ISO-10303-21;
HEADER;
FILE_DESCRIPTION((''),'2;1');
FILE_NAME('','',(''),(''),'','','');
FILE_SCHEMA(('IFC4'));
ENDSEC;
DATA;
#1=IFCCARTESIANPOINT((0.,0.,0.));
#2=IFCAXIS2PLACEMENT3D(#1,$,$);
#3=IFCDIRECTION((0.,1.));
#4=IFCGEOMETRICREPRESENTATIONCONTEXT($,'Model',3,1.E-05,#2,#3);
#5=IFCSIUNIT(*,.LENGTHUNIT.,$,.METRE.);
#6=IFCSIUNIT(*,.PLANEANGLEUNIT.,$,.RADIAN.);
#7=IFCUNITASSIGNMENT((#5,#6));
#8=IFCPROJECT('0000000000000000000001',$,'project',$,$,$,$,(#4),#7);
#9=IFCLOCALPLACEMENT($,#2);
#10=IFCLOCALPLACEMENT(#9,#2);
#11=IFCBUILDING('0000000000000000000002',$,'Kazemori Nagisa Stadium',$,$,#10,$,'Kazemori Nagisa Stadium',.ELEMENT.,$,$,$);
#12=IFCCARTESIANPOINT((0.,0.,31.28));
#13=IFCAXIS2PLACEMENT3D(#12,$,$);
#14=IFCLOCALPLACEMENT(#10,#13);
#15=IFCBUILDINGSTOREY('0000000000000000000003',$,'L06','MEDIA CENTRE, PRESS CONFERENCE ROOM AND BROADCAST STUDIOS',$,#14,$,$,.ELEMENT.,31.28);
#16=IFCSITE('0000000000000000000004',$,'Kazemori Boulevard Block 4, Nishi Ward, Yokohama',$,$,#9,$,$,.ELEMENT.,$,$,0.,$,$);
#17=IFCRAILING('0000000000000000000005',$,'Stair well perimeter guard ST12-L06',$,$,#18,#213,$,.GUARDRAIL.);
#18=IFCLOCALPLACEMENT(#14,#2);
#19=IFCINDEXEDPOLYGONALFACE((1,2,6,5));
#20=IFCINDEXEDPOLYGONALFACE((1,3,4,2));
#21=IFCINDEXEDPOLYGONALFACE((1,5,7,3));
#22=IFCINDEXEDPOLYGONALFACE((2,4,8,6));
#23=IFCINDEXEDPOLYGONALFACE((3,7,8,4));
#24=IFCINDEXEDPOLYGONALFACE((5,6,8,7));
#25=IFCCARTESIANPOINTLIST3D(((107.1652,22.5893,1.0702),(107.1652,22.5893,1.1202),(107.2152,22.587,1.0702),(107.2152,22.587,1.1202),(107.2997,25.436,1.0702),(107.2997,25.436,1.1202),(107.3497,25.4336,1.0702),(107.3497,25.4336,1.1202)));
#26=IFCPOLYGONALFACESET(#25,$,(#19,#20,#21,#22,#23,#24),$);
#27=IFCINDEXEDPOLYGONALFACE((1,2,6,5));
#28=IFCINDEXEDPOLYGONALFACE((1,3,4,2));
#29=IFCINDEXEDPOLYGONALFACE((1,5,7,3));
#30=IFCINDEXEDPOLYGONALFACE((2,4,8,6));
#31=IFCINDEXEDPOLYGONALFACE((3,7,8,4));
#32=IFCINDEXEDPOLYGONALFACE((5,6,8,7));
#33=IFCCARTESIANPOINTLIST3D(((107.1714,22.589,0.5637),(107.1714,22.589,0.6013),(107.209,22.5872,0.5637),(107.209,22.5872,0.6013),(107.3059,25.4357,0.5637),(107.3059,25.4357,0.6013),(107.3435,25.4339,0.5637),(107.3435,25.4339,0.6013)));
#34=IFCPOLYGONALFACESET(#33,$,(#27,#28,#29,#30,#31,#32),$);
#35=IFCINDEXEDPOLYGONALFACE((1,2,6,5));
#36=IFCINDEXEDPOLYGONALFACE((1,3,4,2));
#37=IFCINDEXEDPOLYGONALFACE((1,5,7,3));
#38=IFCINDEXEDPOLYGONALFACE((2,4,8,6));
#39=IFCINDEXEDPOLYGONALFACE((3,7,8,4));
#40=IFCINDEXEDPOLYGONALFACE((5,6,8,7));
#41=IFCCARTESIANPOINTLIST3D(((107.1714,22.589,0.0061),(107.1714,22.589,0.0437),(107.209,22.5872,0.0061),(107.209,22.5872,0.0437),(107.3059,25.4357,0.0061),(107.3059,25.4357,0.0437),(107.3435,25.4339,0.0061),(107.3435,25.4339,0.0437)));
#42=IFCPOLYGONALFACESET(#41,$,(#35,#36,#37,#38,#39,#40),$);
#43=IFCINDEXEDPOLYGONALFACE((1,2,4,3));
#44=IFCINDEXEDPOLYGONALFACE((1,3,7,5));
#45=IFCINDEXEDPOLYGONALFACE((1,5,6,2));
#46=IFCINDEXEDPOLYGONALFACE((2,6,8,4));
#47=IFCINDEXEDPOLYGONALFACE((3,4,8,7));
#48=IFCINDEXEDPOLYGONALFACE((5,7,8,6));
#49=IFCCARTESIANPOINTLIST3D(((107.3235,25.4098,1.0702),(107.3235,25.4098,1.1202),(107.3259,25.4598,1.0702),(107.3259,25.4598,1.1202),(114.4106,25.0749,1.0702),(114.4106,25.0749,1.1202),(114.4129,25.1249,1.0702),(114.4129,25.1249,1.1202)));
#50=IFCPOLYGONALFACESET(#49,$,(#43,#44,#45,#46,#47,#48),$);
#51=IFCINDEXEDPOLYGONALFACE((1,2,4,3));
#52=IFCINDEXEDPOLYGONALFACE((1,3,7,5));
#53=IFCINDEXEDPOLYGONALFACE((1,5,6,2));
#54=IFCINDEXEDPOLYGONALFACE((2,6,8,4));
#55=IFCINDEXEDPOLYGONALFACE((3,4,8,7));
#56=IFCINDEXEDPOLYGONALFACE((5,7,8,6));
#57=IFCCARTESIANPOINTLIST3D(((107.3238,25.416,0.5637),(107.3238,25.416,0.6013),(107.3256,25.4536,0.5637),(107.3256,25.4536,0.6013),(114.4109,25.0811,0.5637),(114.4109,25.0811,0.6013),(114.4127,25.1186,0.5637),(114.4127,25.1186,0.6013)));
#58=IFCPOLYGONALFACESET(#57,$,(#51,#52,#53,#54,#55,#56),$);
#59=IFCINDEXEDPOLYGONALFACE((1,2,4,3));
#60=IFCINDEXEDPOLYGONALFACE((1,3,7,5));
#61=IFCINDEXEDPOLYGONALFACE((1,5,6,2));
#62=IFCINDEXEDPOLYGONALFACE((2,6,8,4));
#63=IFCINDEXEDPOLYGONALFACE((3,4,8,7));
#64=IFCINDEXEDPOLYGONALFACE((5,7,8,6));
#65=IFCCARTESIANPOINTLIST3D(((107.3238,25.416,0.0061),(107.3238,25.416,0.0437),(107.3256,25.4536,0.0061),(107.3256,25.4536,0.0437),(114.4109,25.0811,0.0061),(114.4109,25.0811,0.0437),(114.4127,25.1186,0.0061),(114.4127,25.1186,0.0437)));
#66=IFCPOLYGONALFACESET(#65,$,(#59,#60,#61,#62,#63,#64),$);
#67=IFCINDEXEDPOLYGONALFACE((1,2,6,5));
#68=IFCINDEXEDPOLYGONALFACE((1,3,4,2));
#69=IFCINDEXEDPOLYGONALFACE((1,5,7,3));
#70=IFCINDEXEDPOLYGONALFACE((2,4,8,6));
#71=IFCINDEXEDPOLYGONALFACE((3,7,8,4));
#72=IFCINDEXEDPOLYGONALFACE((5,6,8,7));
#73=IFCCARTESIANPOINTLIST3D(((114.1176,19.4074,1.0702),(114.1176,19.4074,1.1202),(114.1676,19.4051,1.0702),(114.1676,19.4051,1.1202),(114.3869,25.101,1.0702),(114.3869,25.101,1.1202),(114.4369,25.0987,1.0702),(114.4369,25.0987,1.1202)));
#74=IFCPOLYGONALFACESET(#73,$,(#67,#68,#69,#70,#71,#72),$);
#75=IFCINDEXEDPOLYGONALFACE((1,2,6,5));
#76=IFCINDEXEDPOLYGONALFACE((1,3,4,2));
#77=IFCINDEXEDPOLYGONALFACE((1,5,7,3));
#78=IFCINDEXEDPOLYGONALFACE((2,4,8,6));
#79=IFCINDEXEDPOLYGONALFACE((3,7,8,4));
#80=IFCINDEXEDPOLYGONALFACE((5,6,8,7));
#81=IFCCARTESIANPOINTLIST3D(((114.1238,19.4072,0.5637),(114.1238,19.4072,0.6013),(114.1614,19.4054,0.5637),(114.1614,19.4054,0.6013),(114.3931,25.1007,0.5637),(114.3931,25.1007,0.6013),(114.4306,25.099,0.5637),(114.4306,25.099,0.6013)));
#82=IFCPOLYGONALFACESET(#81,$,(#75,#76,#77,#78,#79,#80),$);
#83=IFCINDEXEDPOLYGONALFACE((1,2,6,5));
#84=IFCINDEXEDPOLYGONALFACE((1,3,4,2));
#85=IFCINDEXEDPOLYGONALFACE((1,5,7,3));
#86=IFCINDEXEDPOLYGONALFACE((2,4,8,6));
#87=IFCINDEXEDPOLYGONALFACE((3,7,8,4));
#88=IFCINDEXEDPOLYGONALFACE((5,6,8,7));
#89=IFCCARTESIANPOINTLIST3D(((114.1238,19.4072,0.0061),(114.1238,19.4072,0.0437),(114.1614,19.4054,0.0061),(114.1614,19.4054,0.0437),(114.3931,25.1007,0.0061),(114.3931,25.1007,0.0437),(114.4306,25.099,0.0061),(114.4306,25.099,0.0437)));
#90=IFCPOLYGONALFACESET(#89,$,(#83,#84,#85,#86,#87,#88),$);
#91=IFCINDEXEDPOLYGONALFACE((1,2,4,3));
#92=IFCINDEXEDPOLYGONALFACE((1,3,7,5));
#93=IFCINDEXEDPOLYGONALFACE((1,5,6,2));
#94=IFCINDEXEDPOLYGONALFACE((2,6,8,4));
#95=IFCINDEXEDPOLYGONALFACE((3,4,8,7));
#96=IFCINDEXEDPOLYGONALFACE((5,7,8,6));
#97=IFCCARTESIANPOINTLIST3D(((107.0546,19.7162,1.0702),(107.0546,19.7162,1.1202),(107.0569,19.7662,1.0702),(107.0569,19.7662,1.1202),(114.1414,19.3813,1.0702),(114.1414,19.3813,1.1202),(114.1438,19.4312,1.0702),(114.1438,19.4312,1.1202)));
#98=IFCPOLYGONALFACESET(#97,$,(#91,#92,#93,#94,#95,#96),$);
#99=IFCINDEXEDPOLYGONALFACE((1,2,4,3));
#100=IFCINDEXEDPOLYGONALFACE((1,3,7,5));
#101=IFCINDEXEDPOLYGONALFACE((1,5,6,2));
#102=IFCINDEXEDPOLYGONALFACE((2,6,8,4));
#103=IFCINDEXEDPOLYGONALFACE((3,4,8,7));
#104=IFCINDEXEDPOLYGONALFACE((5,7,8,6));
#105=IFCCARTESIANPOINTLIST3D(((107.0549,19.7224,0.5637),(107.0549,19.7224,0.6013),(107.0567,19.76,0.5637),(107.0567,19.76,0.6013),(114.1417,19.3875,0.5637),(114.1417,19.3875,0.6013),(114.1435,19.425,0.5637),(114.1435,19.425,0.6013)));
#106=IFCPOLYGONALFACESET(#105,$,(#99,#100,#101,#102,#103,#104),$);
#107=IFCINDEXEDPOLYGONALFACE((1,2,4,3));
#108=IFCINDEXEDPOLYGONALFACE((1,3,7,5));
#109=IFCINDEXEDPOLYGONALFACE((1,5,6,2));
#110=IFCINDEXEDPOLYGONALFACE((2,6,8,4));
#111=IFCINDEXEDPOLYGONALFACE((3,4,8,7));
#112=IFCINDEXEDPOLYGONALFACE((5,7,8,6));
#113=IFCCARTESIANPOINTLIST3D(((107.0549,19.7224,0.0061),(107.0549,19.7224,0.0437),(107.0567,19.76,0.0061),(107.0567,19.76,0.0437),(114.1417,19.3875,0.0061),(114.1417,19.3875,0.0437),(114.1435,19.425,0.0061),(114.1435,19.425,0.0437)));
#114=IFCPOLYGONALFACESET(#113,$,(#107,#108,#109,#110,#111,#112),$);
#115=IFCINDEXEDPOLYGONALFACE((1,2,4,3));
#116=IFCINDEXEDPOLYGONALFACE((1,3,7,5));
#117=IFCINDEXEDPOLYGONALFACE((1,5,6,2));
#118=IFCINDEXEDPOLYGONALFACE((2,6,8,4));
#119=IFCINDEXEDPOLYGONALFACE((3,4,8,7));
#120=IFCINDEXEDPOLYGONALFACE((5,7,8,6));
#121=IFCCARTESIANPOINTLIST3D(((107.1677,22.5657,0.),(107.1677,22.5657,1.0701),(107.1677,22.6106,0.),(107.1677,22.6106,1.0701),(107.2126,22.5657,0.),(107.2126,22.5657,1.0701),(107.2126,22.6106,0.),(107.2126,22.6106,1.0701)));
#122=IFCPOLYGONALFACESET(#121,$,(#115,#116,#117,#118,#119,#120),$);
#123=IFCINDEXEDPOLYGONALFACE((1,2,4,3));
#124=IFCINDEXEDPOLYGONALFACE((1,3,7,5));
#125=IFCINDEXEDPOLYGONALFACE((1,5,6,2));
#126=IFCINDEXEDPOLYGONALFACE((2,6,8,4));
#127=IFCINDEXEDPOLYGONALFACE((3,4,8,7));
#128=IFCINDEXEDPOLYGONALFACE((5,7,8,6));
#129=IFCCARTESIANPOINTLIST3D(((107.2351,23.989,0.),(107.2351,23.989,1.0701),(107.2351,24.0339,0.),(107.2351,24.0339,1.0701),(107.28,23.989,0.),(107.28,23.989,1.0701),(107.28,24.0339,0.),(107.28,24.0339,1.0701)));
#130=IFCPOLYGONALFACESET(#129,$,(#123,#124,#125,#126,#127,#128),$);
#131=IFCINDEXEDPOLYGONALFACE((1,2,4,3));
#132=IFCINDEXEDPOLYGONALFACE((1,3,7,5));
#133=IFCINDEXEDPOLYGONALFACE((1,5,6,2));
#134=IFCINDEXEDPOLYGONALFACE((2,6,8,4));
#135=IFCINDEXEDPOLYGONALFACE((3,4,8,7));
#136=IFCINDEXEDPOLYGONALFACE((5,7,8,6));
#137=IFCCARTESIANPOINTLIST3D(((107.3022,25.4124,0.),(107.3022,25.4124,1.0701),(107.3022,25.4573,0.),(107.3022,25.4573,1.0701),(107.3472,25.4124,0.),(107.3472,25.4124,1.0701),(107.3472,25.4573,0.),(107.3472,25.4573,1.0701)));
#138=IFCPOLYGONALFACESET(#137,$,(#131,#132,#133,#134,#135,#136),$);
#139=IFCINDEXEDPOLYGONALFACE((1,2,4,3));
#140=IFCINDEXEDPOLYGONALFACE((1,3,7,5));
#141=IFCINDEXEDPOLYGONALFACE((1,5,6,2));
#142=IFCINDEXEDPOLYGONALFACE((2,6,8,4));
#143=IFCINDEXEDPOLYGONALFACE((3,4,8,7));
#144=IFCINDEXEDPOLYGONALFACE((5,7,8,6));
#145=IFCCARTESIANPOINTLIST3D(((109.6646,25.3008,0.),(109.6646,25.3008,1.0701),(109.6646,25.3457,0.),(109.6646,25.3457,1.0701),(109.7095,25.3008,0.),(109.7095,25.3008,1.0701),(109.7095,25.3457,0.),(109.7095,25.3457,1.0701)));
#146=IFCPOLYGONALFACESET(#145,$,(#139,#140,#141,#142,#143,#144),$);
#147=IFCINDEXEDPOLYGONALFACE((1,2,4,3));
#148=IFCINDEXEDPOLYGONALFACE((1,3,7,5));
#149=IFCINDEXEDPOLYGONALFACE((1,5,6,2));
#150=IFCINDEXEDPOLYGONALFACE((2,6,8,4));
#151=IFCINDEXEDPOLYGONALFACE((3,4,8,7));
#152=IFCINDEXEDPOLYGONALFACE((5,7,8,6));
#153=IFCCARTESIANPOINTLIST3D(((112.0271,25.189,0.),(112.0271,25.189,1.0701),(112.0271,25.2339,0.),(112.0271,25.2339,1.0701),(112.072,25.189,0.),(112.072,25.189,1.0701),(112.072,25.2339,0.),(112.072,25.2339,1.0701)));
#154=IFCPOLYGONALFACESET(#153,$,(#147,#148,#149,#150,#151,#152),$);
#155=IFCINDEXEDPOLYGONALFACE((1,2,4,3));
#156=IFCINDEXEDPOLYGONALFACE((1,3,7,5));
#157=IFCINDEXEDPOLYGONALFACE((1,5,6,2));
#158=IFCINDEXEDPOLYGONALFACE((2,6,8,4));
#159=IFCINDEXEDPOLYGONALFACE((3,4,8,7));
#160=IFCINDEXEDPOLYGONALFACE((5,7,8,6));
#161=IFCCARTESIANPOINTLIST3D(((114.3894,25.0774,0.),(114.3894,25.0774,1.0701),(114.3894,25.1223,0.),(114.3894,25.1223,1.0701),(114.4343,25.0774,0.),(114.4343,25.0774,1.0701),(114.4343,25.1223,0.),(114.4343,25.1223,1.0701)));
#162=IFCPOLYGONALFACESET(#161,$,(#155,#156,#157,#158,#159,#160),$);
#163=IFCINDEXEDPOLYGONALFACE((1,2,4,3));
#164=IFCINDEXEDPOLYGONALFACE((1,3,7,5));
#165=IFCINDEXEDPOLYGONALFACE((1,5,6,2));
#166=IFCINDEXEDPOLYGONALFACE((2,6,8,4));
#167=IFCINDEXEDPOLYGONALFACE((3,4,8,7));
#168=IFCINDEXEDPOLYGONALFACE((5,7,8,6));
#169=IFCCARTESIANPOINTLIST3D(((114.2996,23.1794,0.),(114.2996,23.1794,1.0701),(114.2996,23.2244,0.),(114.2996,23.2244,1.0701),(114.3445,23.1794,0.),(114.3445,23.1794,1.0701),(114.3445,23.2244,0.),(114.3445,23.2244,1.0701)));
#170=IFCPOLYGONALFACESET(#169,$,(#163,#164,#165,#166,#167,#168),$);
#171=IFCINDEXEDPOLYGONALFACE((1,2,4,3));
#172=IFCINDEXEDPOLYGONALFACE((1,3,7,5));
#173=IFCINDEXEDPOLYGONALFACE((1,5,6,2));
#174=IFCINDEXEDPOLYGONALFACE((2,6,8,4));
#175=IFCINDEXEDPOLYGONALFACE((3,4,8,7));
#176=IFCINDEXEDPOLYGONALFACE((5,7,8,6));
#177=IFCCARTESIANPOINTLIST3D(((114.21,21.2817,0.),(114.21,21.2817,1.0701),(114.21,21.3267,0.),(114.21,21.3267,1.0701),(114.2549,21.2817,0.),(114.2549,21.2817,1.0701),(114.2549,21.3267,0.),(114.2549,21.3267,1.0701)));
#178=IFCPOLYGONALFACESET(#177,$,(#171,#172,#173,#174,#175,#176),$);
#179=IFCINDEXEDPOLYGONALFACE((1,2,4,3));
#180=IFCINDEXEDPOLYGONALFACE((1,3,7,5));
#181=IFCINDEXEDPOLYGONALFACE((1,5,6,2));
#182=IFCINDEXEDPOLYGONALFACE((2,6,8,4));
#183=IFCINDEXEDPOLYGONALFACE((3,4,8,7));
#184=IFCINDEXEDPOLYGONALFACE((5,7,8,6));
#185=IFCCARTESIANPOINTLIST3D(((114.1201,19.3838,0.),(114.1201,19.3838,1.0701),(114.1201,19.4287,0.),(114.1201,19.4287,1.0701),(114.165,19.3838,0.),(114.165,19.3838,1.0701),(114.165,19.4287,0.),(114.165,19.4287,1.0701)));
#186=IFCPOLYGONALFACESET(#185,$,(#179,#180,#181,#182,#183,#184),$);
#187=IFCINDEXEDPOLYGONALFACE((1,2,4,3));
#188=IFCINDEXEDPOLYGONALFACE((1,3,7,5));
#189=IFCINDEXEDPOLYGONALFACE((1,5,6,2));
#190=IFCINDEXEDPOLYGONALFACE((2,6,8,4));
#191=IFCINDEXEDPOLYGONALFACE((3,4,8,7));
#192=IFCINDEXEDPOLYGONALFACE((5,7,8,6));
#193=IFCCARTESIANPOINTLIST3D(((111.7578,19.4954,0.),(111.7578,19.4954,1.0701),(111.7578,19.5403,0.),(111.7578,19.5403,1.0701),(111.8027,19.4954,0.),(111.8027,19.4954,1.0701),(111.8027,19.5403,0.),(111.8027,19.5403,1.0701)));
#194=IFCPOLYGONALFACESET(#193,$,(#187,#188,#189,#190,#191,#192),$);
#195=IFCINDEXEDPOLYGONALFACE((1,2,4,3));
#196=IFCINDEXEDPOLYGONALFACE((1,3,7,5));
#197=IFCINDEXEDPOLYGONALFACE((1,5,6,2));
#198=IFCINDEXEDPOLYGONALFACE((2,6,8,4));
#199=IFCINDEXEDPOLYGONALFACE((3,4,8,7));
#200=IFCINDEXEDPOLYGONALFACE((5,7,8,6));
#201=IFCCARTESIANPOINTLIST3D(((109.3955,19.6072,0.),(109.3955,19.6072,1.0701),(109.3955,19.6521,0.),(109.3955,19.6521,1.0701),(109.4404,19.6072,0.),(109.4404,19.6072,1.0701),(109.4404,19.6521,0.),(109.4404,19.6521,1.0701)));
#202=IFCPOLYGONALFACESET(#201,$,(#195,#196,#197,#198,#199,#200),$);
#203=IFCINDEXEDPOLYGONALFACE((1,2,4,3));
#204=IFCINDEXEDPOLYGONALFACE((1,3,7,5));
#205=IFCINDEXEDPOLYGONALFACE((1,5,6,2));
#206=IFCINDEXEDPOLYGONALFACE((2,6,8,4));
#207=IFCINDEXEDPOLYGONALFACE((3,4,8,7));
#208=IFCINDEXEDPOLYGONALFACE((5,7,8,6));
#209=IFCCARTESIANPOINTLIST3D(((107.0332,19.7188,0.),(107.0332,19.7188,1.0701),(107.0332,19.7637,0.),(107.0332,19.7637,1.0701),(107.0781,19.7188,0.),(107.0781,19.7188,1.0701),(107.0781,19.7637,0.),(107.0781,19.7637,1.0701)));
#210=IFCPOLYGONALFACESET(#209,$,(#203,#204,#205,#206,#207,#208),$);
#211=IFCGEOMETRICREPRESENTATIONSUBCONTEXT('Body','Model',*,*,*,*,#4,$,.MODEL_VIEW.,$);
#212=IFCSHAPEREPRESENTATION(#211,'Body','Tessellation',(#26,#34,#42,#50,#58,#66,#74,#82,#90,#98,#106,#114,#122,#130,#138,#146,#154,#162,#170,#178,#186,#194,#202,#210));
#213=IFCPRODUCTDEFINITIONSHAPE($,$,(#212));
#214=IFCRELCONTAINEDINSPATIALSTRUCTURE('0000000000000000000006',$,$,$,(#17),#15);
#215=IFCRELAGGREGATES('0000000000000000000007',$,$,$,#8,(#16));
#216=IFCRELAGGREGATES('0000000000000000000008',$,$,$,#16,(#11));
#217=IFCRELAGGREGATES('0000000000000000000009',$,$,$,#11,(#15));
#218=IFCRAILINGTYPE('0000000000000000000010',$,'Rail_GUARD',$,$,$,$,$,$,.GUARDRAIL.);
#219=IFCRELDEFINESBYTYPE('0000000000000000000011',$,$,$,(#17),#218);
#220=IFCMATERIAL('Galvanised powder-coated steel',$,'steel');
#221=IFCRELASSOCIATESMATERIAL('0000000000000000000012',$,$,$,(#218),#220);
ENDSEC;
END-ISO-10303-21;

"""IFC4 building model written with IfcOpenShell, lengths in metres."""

from ifc_helpers import new_model, si_unit, direction, frame, origin, origin_2d, place, context, subcontext, project, spatial, rectangle, extrude, material, type_object, element, save


model = new_model("IFC4")

# Units and contexts
model_context = context("Model", 3, precision=1e-05, world=origin(), true_north=direction((0.0, 1.0)))
body_context = subcontext(model_context, "Body", "Model", "MODEL_VIEW")
ifc_project = project(units=[si_unit("LENGTHUNIT", "METRE"), si_unit("PLANEANGLEUNIT", "RADIAN")], contexts=[model_context])

# Site, building, storey
site_placement = place(None, origin())
site = spatial("IfcSite", under=ifc_project, at=site_placement, Name="Kazemori Boulevard Block 4, Nishi Ward, Yokohama", CompositionType="ELEMENT", RefElevation=0.0)
building_placement = place(site_placement, origin())
building = spatial("IfcBuilding", under=site, at=building_placement, Name="Kazemori Nagisa Stadium", LongName="Kazemori Nagisa Stadium", CompositionType="ELEMENT")
storey_placement = place(building_placement, frame((0.0, 0.0, 31.28)))
storey = spatial("IfcBuildingStorey", under=building, at=storey_placement, Name="L06", Description="MEDIA CENTRE, PRESS CONFERENCE ROOM AND BROADCAST STUDIOS", CompositionType="ELEMENT", Elevation=31.28)

# Railing
ifc_material_1 = material(Name="Galvanised powder-coated steel", Category="steel")
railing_type_1 = type_object("IfcRailingType", Name="Rail_GUARD", PredefinedType="GUARDRAIL", material=ifc_material_1)
railing_1_placement = place(storey_placement, frame((107.1902, 22.5881, 0.0)))
element("IfcRailing", 1, at=railing_1_placement, inside=storey, type_object=railing_type_1, Name="Stair well perimeter guard ST12-L06", PredefinedType="GUARDRAIL", context=body_context, shape_type="SweptSolid", body=[
    extrude(rectangle(XDim=0.05, YDim=0.05, at=origin_2d()), frame((0.0, 0.0, 1.0952), z_axis=(0.047203, 0.998885, 0.0), x_axis=(-0.998885, 0.047203, 0.0)), (0.0, 0.0, 1.0), 2.8499),
    extrude(rectangle(XDim=0.0376, YDim=0.0376, at=origin_2d()), frame((0.0, 0.0, 0.5825), z_axis=(0.047203, 0.998885, 0.0), x_axis=(-0.998885, 0.047203, 0.0)), (0.0, 0.0, 1.0), 2.8499),
    extrude(rectangle(XDim=0.0376, YDim=0.0376, at=origin_2d()), frame((0.0, 0.0, 0.0249), z_axis=(0.047203, 0.998885, 0.0), x_axis=(-0.998885, 0.047203, 0.0)), (0.0, 0.0, 1.0), 2.8499),
    extrude(rectangle(XDim=0.05, YDim=0.05, at=origin_2d()), frame((0.1345, 2.8467, 1.0952), z_axis=(0.998885, -0.04721, 0.0), x_axis=(0.04721, 0.998885, 0.0)), (0.0, 0.0, 1.0), 7.095),
    extrude(rectangle(XDim=0.0376, YDim=0.0376, at=origin_2d()), frame((0.1345, 2.8467, 0.5825), z_axis=(0.998885, -0.04721, 0.0), x_axis=(0.04721, 0.998885, 0.0)), (0.0, 0.0, 1.0), 7.095),
    extrude(rectangle(XDim=0.0376, YDim=0.0376, at=origin_2d()), frame((0.1345, 2.8467, 0.0249), z_axis=(0.998885, -0.04721, 0.0), x_axis=(0.04721, 0.998885, 0.0)), (0.0, 0.0, 1.0), 7.095),
    extrude(rectangle(XDim=0.05, YDim=0.05, at=origin_2d()), frame((7.2217, 2.5117, 1.0952), z_axis=(-0.047244, -0.998883, 0.0), x_axis=(0.998883, -0.047244, 0.0)), (0.0, 0.0, 1.0), 5.7),
    extrude(rectangle(XDim=0.0376, YDim=0.0376, at=origin_2d()), frame((7.2217, 2.5117, 0.5825), z_axis=(-0.047244, -0.998883, 0.0), x_axis=(0.998883, -0.047244, 0.0)), (0.0, 0.0, 1.0), 5.7),
    extrude(rectangle(XDim=0.0376, YDim=0.0376, at=origin_2d()), frame((7.2217, 2.5117, 0.0249), z_axis=(-0.047244, -0.998883, 0.0), x_axis=(0.998883, -0.047244, 0.0)), (0.0, 0.0, 1.0), 5.7),
    extrude(rectangle(XDim=0.05, YDim=0.05, at=origin_2d()), frame((6.9524, -3.1819, 1.0952), z_axis=(-0.998885, 0.047212, 0.0), x_axis=(-0.047212, -0.998885, 0.0)), (0.0, 0.0, 1.0), 7.0947),
    extrude(rectangle(XDim=0.0376, YDim=0.0376, at=origin_2d()), frame((6.9524, -3.1819, 0.5825), z_axis=(-0.998885, 0.047212, 0.0), x_axis=(-0.047212, -0.998885, 0.0)), (0.0, 0.0, 1.0), 7.0947),
    extrude(rectangle(XDim=0.0376, YDim=0.0376, at=origin_2d()), frame((6.9524, -3.1819, 0.0249), z_axis=(-0.998885, 0.047212, 0.0), x_axis=(-0.047212, -0.998885, 0.0)), (0.0, 0.0, 1.0), 7.0947),
    extrude(rectangle(XDim=0.0449, YDim=0.0449, at=origin_2d()), origin(), (0.0, 0.0, 1.0), 1.0701),
    extrude(rectangle(XDim=0.0449, YDim=0.0449, at=origin_2d()), frame((0.0674, 1.4233, 0.0)), (0.0, 0.0, 1.0), 1.0701),
    extrude(rectangle(XDim=0.0449, YDim=0.0449, at=origin_2d()), frame((0.1345, 2.8467, 0.0)), (0.0, 0.0, 1.0), 1.0701),
    extrude(rectangle(XDim=0.0449, YDim=0.0449, at=origin_2d()), frame((2.4968, 2.7351, 0.0)), (0.0, 0.0, 1.0), 1.0701),
    extrude(rectangle(XDim=0.0449, YDim=0.0449, at=origin_2d()), frame((4.8594, 2.6233, 0.0)), (0.0, 0.0, 1.0), 1.0701),
    extrude(rectangle(XDim=0.0449, YDim=0.0449, at=origin_2d()), frame((7.2217, 2.5117, 0.0)), (0.0, 0.0, 1.0), 1.0701),
    extrude(rectangle(XDim=0.0449, YDim=0.0449, at=origin_2d()), frame((7.1318, 0.6138, 0.0)), (0.0, 0.0, 1.0), 1.0701),
    extrude(rectangle(XDim=0.0449, YDim=0.0449, at=origin_2d()), frame((7.0422, -1.2839, 0.0)), (0.0, 0.0, 1.0), 1.0701),
    extrude(rectangle(XDim=0.0449, YDim=0.0449, at=origin_2d()), frame((6.9524, -3.1819, 0.0)), (0.0, 0.0, 1.0), 1.0701),
    extrude(rectangle(XDim=0.0449, YDim=0.0449, at=origin_2d()), frame((4.5901, -3.0703, 0.0)), (0.0, 0.0, 1.0), 1.0701),
    extrude(rectangle(XDim=0.0449, YDim=0.0449, at=origin_2d()), frame((2.2278, -2.9585, 0.0)), (0.0, 0.0, 1.0), 1.0701),
    extrude(rectangle(XDim=0.0449, YDim=0.0449, at=origin_2d()), frame((-0.1345, -2.8469, 0.0)), (0.0, 0.0, 1.0), 1.0701),
])

save(model, "model.ifc")
